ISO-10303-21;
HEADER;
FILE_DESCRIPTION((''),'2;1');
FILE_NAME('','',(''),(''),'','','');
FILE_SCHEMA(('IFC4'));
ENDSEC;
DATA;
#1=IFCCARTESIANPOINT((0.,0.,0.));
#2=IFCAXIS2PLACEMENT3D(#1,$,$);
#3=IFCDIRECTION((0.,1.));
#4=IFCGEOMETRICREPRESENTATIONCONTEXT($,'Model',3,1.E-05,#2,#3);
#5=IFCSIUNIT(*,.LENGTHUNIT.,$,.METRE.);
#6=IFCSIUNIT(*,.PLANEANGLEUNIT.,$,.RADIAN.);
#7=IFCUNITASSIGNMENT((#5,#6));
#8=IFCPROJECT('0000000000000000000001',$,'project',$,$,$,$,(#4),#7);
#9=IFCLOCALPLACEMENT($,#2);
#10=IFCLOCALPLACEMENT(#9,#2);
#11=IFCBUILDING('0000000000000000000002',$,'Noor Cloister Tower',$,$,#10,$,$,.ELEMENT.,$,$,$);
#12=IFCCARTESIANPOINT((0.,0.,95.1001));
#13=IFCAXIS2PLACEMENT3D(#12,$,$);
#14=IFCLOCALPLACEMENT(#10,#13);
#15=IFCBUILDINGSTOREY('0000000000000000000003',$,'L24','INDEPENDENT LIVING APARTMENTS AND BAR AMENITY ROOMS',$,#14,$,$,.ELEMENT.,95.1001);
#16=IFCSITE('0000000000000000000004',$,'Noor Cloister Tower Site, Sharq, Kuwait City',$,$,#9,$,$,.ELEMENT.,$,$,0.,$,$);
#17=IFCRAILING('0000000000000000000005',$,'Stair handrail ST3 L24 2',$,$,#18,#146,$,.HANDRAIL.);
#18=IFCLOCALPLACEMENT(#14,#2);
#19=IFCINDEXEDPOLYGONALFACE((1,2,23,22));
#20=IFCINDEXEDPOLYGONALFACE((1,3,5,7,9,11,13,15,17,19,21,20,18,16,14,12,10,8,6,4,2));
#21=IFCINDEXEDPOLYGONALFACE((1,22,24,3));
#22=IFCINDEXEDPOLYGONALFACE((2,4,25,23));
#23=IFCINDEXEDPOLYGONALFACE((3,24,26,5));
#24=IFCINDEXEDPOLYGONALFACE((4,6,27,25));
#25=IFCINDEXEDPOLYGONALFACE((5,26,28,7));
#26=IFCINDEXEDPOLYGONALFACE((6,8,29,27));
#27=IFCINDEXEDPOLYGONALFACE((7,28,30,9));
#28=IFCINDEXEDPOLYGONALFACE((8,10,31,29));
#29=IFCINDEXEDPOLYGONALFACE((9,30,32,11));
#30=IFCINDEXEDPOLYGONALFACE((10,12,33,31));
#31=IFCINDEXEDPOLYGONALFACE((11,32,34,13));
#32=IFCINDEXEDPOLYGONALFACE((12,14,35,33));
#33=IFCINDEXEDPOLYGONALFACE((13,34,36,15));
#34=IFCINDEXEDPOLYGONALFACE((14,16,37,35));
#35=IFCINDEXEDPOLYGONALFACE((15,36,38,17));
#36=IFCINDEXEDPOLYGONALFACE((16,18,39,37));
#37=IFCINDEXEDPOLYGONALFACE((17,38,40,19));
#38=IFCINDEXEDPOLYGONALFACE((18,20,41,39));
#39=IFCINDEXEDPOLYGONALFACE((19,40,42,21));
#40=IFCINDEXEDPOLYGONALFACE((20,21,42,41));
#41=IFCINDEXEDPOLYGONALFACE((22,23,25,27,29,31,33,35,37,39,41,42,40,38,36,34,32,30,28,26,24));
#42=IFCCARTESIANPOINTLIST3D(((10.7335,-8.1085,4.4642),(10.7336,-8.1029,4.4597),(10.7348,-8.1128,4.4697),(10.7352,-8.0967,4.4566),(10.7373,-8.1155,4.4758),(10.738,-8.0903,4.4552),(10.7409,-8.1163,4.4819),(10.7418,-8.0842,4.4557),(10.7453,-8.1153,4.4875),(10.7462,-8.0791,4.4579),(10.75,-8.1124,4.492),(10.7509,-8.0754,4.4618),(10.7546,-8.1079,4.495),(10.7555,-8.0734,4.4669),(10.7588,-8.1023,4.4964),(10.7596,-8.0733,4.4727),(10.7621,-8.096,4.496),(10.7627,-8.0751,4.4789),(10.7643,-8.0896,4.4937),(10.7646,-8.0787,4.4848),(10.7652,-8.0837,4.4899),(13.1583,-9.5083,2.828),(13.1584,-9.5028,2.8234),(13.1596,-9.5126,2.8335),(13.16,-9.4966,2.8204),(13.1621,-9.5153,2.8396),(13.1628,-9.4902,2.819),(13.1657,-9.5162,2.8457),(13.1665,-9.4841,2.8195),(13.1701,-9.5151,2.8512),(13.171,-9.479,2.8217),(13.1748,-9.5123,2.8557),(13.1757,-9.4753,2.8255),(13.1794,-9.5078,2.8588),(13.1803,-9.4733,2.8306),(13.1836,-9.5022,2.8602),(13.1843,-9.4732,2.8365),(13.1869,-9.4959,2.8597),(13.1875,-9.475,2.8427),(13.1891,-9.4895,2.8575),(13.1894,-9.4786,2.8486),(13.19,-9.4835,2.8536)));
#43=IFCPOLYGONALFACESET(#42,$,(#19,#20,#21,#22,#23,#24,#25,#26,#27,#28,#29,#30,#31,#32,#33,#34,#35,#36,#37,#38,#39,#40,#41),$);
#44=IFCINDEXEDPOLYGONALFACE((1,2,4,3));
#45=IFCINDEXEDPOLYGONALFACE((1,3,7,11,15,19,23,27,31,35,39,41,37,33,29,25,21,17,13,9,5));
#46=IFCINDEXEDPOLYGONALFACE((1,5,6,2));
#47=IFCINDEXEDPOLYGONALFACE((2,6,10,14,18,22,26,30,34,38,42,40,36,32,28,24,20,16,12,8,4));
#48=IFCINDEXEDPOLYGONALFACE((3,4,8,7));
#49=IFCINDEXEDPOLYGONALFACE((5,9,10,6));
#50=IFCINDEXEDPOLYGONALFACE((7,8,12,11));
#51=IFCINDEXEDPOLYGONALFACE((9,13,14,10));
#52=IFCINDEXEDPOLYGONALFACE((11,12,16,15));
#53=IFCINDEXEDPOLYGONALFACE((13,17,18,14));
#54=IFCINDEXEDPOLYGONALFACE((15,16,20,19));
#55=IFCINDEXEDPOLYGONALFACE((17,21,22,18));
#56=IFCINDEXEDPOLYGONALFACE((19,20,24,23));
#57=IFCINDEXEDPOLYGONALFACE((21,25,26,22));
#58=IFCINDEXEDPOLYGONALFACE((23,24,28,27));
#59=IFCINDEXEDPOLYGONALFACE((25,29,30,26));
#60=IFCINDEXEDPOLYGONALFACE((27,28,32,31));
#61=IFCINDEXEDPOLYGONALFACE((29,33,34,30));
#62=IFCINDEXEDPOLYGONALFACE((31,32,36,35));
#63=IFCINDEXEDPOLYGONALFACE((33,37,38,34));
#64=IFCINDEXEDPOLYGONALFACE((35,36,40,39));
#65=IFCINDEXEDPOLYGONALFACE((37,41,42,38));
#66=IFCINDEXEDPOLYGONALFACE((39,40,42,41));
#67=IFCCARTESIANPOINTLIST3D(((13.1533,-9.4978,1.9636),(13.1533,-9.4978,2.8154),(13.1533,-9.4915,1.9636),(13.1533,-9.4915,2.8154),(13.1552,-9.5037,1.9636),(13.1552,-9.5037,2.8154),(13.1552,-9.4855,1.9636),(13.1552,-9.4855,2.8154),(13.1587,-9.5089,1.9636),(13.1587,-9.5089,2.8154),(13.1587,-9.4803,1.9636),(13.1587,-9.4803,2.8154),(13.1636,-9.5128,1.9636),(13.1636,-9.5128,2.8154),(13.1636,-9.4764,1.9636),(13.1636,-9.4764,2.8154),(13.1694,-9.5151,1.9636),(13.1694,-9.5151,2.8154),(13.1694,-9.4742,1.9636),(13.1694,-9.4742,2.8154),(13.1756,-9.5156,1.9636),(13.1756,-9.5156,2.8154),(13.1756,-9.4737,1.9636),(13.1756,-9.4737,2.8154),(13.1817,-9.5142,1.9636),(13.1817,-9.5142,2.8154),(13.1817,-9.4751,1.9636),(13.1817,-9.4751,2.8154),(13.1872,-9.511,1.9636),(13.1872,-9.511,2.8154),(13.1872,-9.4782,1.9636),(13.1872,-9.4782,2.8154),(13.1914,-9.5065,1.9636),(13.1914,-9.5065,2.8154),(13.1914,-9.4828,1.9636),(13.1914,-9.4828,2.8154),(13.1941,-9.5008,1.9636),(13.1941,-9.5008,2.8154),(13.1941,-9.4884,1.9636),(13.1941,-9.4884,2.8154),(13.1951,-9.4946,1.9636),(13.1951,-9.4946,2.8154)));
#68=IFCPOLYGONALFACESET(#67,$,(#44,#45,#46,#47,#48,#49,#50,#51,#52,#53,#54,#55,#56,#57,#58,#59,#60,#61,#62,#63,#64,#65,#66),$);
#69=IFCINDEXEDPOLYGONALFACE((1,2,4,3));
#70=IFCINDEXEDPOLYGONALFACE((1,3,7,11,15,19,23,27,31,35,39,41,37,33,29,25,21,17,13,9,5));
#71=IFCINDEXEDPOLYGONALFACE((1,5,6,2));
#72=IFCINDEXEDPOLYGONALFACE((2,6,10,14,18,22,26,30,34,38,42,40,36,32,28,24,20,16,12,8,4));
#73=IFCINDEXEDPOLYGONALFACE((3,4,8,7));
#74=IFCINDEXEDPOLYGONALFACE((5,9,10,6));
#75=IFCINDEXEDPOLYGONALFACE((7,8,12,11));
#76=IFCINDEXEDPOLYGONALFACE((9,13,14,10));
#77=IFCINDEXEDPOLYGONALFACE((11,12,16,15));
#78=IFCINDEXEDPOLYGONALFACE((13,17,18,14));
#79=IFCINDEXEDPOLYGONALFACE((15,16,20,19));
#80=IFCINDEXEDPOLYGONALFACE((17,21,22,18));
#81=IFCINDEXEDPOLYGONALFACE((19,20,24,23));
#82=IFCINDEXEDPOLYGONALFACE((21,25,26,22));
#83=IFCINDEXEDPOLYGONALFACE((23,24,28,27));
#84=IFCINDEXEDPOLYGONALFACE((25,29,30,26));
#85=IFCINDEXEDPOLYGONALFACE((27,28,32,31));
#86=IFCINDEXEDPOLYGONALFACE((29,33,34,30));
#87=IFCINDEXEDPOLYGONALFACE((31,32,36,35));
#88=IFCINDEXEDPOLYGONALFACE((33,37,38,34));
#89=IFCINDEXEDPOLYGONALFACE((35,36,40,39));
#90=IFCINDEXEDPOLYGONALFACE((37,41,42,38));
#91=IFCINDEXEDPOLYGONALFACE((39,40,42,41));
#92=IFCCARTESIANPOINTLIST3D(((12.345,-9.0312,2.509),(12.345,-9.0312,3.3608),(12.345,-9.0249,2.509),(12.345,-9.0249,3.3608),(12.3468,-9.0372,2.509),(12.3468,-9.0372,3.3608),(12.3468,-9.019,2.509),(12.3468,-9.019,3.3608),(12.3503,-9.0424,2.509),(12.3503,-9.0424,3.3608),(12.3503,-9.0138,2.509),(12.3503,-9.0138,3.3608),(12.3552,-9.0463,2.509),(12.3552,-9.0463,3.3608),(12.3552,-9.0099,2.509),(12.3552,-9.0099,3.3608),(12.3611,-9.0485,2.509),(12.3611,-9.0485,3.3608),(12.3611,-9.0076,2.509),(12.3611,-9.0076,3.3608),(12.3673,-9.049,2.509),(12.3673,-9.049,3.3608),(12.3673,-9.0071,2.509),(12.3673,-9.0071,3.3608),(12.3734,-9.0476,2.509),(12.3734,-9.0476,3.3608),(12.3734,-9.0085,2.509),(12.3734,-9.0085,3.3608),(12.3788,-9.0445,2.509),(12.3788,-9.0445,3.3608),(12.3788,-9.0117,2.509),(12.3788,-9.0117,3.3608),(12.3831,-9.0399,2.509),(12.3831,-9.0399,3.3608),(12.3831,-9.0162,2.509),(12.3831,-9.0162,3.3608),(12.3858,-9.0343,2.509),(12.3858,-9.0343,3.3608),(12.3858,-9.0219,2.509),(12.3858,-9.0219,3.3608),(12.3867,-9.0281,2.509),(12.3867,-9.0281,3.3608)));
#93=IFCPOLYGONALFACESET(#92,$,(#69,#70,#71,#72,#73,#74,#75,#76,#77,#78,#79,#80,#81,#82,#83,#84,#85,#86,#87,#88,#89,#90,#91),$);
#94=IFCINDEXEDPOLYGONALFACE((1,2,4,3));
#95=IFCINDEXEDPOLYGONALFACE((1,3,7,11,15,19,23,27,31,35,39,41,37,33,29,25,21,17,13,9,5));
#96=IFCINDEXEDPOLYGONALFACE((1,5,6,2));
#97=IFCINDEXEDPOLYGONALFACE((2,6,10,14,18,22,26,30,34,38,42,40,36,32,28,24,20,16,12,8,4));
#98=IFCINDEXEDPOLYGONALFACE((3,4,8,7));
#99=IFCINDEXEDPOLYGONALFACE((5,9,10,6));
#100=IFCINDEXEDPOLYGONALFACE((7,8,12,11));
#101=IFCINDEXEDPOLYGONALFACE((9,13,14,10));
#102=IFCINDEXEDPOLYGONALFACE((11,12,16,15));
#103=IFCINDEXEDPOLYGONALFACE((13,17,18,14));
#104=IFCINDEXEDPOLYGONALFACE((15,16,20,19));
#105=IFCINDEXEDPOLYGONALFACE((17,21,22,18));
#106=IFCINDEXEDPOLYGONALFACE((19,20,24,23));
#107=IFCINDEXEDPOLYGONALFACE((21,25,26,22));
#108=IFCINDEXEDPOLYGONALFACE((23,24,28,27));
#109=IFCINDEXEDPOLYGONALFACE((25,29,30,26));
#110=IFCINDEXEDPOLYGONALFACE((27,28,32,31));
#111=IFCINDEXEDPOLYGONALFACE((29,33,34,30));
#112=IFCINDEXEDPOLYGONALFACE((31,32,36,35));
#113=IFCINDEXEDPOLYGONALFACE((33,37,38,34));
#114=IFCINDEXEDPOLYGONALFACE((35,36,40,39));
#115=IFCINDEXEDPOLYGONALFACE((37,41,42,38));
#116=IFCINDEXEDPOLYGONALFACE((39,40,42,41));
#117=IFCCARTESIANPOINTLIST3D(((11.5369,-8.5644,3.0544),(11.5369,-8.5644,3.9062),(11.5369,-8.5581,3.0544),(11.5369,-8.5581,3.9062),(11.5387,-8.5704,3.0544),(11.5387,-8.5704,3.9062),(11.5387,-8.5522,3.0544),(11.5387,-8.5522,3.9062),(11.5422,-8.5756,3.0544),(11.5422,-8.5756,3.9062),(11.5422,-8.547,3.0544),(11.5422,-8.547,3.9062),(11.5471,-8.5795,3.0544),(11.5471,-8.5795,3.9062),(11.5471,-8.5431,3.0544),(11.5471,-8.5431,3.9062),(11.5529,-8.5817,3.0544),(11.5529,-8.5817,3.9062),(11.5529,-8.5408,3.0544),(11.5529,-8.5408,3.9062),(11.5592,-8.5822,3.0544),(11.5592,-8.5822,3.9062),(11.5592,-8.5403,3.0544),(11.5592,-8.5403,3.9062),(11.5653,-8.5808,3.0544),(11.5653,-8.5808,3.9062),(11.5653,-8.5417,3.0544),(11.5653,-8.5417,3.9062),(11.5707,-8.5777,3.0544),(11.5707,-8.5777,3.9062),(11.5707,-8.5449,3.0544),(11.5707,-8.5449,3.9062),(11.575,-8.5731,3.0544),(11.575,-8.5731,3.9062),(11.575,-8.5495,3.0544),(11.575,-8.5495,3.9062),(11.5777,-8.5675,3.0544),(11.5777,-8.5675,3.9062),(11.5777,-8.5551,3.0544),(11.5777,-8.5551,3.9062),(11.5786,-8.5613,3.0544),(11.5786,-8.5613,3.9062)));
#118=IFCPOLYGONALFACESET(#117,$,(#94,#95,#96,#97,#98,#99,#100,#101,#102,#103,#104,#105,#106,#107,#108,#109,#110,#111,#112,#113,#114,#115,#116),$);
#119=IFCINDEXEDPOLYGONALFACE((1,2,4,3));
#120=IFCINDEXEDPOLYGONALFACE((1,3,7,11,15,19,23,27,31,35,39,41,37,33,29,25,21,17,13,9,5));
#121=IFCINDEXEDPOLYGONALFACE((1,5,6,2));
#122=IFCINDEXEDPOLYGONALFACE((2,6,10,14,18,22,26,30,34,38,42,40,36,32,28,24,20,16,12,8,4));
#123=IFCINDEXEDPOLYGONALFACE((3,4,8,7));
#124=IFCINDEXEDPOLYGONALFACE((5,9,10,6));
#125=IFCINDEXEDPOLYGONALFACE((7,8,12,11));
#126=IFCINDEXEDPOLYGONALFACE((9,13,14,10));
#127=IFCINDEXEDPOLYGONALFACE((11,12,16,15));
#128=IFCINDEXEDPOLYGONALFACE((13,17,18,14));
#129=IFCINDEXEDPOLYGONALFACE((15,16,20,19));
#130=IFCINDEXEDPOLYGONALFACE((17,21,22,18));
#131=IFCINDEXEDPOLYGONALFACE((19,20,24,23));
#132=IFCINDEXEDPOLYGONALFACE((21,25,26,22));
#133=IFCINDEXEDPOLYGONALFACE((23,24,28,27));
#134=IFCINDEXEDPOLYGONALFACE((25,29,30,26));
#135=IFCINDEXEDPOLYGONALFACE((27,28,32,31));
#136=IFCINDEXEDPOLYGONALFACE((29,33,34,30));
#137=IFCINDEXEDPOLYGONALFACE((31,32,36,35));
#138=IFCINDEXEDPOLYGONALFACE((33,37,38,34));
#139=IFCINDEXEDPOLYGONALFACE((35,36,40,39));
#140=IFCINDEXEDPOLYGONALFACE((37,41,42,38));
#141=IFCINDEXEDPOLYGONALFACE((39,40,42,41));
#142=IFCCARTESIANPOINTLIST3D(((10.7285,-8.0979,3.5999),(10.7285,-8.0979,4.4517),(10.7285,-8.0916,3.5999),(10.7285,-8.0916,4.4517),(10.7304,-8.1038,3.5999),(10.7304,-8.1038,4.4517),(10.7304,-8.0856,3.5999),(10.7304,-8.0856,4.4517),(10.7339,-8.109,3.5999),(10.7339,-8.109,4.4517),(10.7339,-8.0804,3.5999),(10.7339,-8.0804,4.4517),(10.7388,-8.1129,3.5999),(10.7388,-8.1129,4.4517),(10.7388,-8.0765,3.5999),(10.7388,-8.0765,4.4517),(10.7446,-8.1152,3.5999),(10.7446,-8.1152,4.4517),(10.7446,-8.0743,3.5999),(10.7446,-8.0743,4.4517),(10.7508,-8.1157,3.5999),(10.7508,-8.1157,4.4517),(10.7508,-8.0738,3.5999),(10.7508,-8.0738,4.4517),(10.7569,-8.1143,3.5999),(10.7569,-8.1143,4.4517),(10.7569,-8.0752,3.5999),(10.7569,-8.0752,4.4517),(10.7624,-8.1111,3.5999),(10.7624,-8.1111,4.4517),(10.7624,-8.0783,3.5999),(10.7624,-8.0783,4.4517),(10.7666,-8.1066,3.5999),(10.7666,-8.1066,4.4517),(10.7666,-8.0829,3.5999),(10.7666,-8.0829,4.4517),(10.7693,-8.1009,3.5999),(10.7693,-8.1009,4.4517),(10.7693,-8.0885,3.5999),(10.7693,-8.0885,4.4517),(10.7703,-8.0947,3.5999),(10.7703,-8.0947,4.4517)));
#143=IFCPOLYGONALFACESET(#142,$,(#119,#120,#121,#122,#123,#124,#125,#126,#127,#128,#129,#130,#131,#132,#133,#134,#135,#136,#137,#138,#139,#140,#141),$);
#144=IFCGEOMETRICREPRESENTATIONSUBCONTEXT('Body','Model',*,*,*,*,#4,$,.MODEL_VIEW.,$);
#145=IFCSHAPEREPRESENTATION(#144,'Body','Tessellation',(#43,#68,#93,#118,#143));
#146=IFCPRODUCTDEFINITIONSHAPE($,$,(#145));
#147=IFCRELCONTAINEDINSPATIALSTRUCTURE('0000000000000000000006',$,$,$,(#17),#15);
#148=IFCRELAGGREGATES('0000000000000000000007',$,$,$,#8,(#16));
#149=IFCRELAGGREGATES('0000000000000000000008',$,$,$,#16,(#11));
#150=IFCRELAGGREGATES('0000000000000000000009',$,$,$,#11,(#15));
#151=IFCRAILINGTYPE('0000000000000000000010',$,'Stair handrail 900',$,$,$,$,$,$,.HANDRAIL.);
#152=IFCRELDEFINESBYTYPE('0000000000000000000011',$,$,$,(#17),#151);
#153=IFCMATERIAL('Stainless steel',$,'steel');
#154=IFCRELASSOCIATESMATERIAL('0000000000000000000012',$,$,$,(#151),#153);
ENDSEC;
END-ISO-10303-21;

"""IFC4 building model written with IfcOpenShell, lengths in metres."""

from ifc_helpers import new_model, si_unit, direction, frame, origin, origin_2d, place, context, subcontext, project, spatial, circle, extrude, material, type_object, element, save


model = new_model("IFC4")

# Units and contexts
model_context = context("Model", 3, precision=1e-05, world=origin(), true_north=direction((0.0, 1.0)))
body_context = subcontext(model_context, "Body", "Model", "MODEL_VIEW")
ifc_project = project(units=[si_unit("LENGTHUNIT", "METRE"), si_unit("PLANEANGLEUNIT", "RADIAN")], contexts=[model_context])

# Site, building, storey
site_placement = place(None, origin())
site = spatial("IfcSite", under=ifc_project, at=site_placement, Name="Noor Cloister Tower Site, Sharq, Kuwait City", CompositionType="ELEMENT", RefElevation=0.0)
building_placement = place(site_placement, origin())
building = spatial("IfcBuilding", under=site, at=building_placement, Name="Noor Cloister Tower", CompositionType="ELEMENT")
storey_placement = place(building_placement, frame((0.0, 0.0, 95.1001)))
storey = spatial("IfcBuildingStorey", under=building, at=storey_placement, Name="L24", Description="INDEPENDENT LIVING APARTMENTS AND BAR AMENITY ROOMS", CompositionType="ELEMENT", Elevation=95.1001)

# Railing
ifc_material_1 = material(Name="Stainless steel", Category="steel")
railing_type_1 = type_object("IfcRailingType", Name="Stair handrail 900", PredefinedType="HANDRAIL", material=ifc_material_1)
railing_1_placement = place(storey_placement, frame((13.1741, -9.4946, 1.9636)))
element("IfcRailing", 1, at=railing_1_placement, inside=storey, type_object=railing_type_1, Name="Stair handrail ST3 L24 2", PredefinedType="HANDRAIL", context=body_context, shape_type="SweptSolid", body=[
    extrude(circle(Radius=0.0239, at=origin_2d()), frame((0.0, 0.0, 0.876), z_axis=(-0.747718, 0.431677, 0.504552), x_axis=(-0.499984, -0.866035, 0.0)), (0.0, 0.0, 1.0), 3.2429),
    extrude(circle(Radius=0.021, at=origin_2d()), origin(), (0.0, 0.0, 1.0), 0.8518),
    extrude(circle(Radius=0.021, at=origin_2d()), frame((-0.8083, 0.4666, 0.5454)), (0.0, 0.0, 1.0), 0.8518),
    extrude(circle(Radius=0.021, at=origin_2d()), frame((-1.6165, 0.9333, 1.0908)), (0.0, 0.0, 1.0), 0.8518),
    extrude(circle(Radius=0.021, at=origin_2d()), frame((-2.4248, 1.3999, 1.6362)), (0.0, 0.0, 1.0), 0.8518),
])

save(model, "model.ifc")
